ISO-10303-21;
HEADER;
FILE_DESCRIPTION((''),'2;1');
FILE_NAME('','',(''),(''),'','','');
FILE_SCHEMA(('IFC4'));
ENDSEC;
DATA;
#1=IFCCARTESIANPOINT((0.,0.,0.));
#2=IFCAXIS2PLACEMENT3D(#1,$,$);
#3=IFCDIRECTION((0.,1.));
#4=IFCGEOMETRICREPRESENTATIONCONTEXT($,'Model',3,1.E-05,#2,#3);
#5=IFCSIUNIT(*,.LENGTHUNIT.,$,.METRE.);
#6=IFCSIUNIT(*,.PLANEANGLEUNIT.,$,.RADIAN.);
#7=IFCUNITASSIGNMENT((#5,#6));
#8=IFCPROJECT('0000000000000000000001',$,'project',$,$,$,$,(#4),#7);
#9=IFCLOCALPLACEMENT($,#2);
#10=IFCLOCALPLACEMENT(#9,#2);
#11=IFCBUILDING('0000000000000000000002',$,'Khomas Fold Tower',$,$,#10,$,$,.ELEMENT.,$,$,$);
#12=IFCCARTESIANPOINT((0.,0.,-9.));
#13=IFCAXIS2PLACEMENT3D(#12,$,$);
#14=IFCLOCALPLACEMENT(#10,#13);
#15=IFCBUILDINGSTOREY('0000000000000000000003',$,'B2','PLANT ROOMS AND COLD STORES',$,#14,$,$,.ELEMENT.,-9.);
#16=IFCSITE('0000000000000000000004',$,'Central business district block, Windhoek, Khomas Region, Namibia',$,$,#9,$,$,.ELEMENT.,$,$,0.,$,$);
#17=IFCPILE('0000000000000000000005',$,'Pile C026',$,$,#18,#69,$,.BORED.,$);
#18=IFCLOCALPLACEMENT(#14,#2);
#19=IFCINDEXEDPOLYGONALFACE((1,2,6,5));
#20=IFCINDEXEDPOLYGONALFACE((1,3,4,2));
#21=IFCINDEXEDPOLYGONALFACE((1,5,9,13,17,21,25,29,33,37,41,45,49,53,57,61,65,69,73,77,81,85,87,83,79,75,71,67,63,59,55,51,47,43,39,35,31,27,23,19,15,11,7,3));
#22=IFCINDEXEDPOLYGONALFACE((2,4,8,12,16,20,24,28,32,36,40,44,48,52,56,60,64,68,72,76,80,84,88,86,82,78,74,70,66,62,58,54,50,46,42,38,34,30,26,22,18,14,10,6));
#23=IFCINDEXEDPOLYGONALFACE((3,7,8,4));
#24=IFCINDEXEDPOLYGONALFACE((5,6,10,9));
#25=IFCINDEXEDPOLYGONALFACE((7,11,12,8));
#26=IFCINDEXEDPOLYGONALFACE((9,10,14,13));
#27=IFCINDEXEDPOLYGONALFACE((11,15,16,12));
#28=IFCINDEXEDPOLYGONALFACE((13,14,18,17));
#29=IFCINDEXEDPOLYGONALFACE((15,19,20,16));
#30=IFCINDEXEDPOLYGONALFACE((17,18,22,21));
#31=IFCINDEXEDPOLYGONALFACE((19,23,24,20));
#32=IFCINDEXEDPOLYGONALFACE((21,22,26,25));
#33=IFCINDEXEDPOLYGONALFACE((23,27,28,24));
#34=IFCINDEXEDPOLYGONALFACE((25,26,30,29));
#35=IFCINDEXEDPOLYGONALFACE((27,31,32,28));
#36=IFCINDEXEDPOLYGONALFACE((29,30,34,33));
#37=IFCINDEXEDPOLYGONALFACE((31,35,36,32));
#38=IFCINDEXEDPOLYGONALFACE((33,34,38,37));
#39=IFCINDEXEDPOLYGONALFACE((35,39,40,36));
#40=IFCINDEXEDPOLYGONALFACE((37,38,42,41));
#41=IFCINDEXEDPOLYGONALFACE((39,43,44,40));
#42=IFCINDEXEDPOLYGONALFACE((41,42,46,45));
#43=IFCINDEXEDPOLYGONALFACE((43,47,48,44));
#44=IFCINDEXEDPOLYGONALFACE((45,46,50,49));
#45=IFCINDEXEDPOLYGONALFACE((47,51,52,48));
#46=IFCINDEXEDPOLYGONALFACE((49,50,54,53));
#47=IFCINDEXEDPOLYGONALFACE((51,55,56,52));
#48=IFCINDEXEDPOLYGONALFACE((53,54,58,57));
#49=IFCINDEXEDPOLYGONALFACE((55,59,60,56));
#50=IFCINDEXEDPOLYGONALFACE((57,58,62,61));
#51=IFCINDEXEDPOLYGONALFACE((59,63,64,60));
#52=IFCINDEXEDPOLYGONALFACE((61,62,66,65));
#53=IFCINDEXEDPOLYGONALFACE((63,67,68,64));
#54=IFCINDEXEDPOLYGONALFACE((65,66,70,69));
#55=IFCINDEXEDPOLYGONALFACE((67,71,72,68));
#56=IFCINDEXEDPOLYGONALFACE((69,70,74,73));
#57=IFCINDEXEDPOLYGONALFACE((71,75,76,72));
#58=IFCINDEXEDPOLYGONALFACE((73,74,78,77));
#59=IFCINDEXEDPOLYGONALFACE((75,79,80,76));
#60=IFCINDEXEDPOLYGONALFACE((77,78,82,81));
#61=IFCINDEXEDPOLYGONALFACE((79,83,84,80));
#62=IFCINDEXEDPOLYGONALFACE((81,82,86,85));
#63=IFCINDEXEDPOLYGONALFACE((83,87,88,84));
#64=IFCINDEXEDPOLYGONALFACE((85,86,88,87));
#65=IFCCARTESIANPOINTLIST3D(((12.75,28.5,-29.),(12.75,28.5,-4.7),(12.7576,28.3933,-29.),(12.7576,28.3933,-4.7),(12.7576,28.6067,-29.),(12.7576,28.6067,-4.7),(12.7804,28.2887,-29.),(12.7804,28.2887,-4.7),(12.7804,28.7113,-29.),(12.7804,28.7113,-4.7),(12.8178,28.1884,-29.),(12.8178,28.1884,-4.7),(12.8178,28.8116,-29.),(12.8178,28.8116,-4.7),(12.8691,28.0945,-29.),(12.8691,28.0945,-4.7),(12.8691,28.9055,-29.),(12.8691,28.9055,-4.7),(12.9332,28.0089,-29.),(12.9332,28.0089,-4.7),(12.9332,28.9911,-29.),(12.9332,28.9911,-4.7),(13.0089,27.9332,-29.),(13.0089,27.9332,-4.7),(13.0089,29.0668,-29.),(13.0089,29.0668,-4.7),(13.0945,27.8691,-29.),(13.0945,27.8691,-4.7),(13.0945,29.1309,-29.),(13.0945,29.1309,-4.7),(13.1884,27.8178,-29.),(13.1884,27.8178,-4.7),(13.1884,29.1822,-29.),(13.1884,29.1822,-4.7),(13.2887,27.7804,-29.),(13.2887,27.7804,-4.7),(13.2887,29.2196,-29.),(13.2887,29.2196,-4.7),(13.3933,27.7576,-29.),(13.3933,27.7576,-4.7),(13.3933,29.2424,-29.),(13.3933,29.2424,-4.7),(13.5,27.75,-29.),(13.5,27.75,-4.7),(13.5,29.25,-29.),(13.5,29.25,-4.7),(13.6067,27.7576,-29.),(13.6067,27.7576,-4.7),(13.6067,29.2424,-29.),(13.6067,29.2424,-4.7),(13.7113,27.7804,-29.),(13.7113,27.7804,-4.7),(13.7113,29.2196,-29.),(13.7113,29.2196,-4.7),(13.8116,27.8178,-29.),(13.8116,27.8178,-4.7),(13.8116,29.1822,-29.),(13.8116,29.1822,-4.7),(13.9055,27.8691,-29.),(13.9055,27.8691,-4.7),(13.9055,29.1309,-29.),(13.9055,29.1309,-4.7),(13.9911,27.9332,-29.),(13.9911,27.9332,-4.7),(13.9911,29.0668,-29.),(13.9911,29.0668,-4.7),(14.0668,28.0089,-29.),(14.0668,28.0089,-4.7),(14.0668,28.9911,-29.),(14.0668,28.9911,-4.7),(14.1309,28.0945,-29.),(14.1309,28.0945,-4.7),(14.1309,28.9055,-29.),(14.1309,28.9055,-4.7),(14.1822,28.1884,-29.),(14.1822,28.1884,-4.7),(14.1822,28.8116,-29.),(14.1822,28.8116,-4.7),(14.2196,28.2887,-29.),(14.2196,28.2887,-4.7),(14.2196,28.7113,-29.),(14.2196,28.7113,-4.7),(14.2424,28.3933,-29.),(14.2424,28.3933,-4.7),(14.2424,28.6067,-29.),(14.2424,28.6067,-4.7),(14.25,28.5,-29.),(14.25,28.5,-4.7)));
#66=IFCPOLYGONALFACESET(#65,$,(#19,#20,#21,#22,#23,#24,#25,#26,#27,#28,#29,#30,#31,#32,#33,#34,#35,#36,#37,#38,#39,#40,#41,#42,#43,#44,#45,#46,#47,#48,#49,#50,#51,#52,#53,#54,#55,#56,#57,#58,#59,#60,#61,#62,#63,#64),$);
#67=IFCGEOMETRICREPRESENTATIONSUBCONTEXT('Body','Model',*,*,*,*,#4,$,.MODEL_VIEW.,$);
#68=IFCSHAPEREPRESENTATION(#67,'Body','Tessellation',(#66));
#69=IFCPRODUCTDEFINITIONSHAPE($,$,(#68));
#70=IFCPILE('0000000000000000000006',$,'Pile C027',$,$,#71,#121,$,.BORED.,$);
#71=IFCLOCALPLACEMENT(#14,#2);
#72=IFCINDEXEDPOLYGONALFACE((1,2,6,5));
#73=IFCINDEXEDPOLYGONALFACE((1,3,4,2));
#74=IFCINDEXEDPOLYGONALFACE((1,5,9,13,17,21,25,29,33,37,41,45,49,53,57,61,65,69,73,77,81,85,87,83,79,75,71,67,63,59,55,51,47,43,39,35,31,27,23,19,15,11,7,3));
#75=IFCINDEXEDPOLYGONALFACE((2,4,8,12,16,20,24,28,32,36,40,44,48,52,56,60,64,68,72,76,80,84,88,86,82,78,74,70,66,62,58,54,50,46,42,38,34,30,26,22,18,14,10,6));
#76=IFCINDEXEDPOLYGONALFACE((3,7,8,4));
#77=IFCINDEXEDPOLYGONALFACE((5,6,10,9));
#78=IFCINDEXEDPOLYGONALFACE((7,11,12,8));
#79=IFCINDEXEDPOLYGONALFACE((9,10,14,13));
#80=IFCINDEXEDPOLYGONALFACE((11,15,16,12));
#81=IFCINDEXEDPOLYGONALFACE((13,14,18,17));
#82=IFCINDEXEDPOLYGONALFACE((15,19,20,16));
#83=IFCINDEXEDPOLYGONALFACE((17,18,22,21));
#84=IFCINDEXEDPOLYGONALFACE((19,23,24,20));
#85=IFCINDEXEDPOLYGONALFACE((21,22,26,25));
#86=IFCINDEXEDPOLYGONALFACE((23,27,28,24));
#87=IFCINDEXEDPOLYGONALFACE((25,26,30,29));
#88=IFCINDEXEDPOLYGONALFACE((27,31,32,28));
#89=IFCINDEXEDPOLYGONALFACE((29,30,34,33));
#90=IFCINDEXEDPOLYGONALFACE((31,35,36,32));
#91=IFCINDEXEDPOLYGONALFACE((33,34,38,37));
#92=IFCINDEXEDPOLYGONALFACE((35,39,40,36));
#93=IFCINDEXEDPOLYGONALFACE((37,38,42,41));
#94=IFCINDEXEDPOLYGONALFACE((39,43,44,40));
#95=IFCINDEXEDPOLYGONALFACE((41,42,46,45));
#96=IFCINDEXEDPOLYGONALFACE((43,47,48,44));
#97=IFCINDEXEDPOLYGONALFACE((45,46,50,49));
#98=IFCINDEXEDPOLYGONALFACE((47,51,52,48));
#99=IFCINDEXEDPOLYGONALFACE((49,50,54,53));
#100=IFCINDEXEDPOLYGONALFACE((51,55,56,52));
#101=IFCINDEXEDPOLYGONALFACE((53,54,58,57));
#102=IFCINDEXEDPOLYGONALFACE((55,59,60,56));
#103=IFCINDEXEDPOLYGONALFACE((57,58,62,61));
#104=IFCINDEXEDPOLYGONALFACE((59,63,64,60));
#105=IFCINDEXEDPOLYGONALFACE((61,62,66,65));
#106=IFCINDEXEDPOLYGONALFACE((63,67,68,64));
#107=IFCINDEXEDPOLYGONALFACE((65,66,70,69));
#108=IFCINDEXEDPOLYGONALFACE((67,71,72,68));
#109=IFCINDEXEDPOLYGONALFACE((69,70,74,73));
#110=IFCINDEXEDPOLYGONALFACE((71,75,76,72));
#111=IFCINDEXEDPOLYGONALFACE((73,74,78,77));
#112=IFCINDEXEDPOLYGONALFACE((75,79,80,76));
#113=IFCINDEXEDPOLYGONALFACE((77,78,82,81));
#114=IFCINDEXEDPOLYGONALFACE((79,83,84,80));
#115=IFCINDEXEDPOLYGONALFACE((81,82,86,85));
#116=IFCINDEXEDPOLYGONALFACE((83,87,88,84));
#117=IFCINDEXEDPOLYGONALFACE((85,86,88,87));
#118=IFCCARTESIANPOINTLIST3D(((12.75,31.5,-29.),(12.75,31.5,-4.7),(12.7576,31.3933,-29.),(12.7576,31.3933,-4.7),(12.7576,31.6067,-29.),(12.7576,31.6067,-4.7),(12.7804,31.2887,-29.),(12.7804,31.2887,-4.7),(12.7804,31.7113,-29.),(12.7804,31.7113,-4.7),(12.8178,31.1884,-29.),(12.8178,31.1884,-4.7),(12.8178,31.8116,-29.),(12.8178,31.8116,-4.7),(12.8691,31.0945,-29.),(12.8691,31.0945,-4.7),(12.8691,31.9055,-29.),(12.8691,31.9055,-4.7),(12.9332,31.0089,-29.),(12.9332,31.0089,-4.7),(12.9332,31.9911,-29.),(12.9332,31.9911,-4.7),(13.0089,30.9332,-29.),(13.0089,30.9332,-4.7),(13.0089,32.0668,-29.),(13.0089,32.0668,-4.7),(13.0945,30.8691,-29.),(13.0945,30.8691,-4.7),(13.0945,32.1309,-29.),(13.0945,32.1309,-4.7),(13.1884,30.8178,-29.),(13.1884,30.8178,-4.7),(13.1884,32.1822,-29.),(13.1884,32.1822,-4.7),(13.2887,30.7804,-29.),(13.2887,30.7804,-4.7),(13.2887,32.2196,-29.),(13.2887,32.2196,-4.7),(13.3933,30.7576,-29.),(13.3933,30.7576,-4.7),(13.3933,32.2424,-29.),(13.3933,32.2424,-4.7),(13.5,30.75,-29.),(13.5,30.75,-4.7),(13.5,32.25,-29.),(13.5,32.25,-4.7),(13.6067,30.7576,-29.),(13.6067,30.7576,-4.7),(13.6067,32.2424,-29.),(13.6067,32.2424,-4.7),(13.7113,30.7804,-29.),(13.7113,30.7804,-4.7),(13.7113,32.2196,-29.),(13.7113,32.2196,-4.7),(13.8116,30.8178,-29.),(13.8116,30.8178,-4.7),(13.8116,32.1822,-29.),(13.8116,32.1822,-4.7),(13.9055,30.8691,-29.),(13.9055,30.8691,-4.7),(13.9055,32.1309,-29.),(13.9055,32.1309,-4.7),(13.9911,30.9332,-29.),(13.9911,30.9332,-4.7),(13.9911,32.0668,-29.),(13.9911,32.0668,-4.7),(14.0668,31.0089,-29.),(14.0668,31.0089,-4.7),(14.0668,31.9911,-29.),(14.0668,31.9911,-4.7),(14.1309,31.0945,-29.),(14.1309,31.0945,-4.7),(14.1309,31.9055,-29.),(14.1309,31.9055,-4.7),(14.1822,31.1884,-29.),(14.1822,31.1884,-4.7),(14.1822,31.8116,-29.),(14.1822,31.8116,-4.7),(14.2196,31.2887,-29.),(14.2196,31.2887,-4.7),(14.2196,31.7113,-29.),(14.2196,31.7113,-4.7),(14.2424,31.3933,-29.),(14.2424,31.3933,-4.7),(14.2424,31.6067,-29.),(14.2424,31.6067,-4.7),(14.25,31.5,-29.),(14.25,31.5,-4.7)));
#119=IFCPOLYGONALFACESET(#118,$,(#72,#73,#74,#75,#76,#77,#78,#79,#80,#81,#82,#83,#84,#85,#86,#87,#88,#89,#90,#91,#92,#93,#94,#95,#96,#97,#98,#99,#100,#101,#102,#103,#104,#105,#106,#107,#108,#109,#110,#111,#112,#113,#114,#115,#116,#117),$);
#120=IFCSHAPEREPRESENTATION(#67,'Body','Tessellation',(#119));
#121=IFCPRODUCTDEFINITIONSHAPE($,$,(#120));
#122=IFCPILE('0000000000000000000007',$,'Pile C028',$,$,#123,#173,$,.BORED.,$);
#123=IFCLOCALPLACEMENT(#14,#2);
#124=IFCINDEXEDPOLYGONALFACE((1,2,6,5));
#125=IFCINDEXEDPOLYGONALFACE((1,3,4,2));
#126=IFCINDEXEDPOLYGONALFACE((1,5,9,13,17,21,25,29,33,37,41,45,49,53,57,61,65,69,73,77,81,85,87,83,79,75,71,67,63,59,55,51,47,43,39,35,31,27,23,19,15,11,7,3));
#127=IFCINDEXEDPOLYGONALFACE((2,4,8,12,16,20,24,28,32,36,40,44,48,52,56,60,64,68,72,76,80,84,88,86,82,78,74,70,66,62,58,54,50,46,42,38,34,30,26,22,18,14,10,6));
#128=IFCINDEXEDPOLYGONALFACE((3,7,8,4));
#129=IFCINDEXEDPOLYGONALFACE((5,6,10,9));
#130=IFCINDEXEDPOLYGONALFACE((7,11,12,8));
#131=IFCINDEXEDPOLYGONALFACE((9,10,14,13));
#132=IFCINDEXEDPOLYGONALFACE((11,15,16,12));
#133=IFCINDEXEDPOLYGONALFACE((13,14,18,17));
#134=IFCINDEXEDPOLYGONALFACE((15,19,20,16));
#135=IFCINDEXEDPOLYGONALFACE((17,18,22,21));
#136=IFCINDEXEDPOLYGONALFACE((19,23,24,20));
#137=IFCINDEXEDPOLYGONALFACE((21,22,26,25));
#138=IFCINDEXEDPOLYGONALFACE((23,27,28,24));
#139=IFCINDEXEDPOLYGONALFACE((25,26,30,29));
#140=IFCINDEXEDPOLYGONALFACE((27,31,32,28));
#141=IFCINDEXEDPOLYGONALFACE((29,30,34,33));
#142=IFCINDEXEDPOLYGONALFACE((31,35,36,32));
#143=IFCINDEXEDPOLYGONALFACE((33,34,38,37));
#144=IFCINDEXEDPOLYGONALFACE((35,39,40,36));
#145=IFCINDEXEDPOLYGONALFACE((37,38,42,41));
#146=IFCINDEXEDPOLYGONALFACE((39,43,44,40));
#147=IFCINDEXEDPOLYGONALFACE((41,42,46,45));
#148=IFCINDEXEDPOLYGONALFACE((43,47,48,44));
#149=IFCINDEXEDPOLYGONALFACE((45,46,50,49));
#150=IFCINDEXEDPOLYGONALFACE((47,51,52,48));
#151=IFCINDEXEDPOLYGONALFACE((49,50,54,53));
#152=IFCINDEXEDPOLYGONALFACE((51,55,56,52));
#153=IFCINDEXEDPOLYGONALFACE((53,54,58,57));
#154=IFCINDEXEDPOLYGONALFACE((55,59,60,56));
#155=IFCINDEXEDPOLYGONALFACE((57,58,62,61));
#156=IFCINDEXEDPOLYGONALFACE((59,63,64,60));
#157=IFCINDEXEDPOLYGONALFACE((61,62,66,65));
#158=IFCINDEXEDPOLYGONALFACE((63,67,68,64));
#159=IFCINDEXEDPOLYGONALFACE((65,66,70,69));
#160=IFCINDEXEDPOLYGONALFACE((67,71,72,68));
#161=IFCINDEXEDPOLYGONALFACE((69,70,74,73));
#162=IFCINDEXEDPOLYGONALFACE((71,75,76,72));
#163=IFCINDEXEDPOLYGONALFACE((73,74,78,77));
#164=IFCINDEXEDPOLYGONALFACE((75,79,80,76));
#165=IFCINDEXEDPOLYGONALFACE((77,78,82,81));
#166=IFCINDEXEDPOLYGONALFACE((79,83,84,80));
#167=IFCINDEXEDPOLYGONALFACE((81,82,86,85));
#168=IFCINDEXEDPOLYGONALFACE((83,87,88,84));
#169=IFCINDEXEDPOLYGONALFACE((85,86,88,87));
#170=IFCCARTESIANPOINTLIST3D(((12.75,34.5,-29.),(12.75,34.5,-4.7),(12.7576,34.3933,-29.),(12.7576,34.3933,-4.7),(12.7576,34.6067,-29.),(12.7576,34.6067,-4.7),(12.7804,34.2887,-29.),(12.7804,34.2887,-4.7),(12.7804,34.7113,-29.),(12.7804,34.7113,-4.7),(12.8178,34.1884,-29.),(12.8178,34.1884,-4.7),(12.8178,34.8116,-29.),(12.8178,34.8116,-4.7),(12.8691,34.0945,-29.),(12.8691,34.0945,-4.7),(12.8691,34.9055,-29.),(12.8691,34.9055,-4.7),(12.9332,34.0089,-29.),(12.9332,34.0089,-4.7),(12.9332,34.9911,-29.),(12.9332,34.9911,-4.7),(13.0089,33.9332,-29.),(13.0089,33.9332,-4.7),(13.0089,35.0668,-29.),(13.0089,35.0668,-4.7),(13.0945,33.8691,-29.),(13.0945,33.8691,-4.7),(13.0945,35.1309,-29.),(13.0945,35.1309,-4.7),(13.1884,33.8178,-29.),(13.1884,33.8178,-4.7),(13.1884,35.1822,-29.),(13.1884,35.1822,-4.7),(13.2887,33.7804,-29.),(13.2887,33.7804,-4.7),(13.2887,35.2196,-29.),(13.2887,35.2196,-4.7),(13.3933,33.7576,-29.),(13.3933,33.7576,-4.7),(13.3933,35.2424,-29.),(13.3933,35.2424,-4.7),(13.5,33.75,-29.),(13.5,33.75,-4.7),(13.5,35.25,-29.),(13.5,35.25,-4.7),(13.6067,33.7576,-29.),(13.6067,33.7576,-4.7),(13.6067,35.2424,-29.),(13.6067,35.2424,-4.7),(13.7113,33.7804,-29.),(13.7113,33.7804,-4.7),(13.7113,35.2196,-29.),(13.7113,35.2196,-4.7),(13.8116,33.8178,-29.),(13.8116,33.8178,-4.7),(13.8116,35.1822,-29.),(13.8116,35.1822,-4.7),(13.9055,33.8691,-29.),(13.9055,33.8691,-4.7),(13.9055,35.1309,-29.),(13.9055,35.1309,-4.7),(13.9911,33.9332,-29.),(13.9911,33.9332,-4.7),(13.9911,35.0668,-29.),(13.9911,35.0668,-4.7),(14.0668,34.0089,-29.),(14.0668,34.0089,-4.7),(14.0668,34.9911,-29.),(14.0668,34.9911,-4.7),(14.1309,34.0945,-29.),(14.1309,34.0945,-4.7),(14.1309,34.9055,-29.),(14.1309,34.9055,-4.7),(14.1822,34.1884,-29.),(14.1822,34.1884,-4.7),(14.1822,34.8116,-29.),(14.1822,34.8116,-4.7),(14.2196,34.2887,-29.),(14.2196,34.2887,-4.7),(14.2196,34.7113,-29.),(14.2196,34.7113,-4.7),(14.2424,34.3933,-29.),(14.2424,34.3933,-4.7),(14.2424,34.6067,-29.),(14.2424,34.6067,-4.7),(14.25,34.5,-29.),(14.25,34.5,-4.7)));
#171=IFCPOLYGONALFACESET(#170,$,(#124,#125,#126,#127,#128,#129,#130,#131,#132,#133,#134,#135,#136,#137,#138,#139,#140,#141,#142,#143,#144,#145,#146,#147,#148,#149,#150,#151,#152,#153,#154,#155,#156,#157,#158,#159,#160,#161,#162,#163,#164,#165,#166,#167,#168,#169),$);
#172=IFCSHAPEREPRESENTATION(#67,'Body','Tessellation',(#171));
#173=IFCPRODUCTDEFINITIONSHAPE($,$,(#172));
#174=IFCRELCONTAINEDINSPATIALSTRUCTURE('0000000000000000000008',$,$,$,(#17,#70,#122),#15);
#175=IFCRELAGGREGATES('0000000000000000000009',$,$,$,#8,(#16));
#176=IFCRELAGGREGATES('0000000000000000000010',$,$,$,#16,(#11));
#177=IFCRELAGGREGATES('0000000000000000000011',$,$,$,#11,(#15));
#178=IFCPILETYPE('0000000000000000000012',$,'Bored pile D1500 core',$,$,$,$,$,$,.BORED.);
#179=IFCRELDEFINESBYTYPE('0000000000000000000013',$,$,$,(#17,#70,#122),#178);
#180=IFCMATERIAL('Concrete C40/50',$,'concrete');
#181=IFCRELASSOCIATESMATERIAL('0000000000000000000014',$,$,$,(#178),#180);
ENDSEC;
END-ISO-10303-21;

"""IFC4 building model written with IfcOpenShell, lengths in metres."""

from ifc_helpers import new_model, si_unit, direction, frame, origin, origin_2d, place, context, subcontext, project, spatial, circle, extrude, source, transform, mapped, material, material_profile, profile_set, type_object, element, save


model = new_model("IFC4")

# Units and contexts
model_context = context("Model", 3, precision=1e-05, world=origin(), true_north=direction((0.0, 1.0)))
body_context = subcontext(model_context, "Body", "Model", "MODEL_VIEW")
ifc_project = project(units=[si_unit("LENGTHUNIT", "METRE"), si_unit("PLANEANGLEUNIT", "RADIAN")], contexts=[model_context])

# Site, building, storey
site_placement = place(None, origin())
site = spatial("IfcSite", under=ifc_project, at=site_placement, Name="Central business district block, Windhoek, Khomas Region, Namibia", CompositionType="ELEMENT", RefElevation=0.0)
building_placement = place(site_placement, origin())
building = spatial("IfcBuilding", under=site, at=building_placement, Name="Khomas Fold Tower", CompositionType="ELEMENT")
storey_placement = place(building_placement, frame((0.0, 0.0, -9.0)))
storey = spatial("IfcBuildingStorey", under=building, at=storey_placement, Name="B2", Description="PLANT ROOMS AND COLD STORES", CompositionType="ELEMENT", Elevation=-9.0)

# Piles
ifc_material_1 = material(Name="Concrete C40/50", Category="concrete")
ifc_material_profile = material_profile(ifc_material_1, circle(Radius=0.75, at=origin_2d()), Name="PILE D1500")
ifc_profile_set = profile_set([ifc_material_profile], Name="Concrete C40/50")
pile_type = type_object("IfcPileType", Name="Bored pile D1500 core", PredefinedType="BORED", material=ifc_profile_set)
shared_shape_1 = source(origin(), body_context, "Body", "SweptSolid", [
    extrude(circle(Radius=0.75, at=origin_2d()), origin(), (0.0, 0.0, 1.0), 24.3),
])
for number, where, z_axis, x_axis, name in (
    (1, (13.5, 28.5, -4.7), (0.0, 0.0, -1.0), (1.0, 0.0, 0.0), "Pile C026"),
    (2, (13.5, 31.5, -4.7), (0.0, 0.0, -1.0), (1.0, 0.0, 0.0), "Pile C027"),
    (3, (13.5, 34.5, -4.7), (0.0, 0.0, -1.0), (1.0, 0.0, 0.0), "Pile C028"),
):
    element("IfcPile", number, at=place(storey_placement, frame(where, z_axis=z_axis, x_axis=x_axis)), inside=storey, type_object=pile_type, Name=name, PredefinedType="BORED", context=body_context, shape_type="MappedRepresentation", body=[
        mapped(shared_shape_1, transform((0.0, 0.0, 0.0))),
    ])

save(model, "model.ifc")
